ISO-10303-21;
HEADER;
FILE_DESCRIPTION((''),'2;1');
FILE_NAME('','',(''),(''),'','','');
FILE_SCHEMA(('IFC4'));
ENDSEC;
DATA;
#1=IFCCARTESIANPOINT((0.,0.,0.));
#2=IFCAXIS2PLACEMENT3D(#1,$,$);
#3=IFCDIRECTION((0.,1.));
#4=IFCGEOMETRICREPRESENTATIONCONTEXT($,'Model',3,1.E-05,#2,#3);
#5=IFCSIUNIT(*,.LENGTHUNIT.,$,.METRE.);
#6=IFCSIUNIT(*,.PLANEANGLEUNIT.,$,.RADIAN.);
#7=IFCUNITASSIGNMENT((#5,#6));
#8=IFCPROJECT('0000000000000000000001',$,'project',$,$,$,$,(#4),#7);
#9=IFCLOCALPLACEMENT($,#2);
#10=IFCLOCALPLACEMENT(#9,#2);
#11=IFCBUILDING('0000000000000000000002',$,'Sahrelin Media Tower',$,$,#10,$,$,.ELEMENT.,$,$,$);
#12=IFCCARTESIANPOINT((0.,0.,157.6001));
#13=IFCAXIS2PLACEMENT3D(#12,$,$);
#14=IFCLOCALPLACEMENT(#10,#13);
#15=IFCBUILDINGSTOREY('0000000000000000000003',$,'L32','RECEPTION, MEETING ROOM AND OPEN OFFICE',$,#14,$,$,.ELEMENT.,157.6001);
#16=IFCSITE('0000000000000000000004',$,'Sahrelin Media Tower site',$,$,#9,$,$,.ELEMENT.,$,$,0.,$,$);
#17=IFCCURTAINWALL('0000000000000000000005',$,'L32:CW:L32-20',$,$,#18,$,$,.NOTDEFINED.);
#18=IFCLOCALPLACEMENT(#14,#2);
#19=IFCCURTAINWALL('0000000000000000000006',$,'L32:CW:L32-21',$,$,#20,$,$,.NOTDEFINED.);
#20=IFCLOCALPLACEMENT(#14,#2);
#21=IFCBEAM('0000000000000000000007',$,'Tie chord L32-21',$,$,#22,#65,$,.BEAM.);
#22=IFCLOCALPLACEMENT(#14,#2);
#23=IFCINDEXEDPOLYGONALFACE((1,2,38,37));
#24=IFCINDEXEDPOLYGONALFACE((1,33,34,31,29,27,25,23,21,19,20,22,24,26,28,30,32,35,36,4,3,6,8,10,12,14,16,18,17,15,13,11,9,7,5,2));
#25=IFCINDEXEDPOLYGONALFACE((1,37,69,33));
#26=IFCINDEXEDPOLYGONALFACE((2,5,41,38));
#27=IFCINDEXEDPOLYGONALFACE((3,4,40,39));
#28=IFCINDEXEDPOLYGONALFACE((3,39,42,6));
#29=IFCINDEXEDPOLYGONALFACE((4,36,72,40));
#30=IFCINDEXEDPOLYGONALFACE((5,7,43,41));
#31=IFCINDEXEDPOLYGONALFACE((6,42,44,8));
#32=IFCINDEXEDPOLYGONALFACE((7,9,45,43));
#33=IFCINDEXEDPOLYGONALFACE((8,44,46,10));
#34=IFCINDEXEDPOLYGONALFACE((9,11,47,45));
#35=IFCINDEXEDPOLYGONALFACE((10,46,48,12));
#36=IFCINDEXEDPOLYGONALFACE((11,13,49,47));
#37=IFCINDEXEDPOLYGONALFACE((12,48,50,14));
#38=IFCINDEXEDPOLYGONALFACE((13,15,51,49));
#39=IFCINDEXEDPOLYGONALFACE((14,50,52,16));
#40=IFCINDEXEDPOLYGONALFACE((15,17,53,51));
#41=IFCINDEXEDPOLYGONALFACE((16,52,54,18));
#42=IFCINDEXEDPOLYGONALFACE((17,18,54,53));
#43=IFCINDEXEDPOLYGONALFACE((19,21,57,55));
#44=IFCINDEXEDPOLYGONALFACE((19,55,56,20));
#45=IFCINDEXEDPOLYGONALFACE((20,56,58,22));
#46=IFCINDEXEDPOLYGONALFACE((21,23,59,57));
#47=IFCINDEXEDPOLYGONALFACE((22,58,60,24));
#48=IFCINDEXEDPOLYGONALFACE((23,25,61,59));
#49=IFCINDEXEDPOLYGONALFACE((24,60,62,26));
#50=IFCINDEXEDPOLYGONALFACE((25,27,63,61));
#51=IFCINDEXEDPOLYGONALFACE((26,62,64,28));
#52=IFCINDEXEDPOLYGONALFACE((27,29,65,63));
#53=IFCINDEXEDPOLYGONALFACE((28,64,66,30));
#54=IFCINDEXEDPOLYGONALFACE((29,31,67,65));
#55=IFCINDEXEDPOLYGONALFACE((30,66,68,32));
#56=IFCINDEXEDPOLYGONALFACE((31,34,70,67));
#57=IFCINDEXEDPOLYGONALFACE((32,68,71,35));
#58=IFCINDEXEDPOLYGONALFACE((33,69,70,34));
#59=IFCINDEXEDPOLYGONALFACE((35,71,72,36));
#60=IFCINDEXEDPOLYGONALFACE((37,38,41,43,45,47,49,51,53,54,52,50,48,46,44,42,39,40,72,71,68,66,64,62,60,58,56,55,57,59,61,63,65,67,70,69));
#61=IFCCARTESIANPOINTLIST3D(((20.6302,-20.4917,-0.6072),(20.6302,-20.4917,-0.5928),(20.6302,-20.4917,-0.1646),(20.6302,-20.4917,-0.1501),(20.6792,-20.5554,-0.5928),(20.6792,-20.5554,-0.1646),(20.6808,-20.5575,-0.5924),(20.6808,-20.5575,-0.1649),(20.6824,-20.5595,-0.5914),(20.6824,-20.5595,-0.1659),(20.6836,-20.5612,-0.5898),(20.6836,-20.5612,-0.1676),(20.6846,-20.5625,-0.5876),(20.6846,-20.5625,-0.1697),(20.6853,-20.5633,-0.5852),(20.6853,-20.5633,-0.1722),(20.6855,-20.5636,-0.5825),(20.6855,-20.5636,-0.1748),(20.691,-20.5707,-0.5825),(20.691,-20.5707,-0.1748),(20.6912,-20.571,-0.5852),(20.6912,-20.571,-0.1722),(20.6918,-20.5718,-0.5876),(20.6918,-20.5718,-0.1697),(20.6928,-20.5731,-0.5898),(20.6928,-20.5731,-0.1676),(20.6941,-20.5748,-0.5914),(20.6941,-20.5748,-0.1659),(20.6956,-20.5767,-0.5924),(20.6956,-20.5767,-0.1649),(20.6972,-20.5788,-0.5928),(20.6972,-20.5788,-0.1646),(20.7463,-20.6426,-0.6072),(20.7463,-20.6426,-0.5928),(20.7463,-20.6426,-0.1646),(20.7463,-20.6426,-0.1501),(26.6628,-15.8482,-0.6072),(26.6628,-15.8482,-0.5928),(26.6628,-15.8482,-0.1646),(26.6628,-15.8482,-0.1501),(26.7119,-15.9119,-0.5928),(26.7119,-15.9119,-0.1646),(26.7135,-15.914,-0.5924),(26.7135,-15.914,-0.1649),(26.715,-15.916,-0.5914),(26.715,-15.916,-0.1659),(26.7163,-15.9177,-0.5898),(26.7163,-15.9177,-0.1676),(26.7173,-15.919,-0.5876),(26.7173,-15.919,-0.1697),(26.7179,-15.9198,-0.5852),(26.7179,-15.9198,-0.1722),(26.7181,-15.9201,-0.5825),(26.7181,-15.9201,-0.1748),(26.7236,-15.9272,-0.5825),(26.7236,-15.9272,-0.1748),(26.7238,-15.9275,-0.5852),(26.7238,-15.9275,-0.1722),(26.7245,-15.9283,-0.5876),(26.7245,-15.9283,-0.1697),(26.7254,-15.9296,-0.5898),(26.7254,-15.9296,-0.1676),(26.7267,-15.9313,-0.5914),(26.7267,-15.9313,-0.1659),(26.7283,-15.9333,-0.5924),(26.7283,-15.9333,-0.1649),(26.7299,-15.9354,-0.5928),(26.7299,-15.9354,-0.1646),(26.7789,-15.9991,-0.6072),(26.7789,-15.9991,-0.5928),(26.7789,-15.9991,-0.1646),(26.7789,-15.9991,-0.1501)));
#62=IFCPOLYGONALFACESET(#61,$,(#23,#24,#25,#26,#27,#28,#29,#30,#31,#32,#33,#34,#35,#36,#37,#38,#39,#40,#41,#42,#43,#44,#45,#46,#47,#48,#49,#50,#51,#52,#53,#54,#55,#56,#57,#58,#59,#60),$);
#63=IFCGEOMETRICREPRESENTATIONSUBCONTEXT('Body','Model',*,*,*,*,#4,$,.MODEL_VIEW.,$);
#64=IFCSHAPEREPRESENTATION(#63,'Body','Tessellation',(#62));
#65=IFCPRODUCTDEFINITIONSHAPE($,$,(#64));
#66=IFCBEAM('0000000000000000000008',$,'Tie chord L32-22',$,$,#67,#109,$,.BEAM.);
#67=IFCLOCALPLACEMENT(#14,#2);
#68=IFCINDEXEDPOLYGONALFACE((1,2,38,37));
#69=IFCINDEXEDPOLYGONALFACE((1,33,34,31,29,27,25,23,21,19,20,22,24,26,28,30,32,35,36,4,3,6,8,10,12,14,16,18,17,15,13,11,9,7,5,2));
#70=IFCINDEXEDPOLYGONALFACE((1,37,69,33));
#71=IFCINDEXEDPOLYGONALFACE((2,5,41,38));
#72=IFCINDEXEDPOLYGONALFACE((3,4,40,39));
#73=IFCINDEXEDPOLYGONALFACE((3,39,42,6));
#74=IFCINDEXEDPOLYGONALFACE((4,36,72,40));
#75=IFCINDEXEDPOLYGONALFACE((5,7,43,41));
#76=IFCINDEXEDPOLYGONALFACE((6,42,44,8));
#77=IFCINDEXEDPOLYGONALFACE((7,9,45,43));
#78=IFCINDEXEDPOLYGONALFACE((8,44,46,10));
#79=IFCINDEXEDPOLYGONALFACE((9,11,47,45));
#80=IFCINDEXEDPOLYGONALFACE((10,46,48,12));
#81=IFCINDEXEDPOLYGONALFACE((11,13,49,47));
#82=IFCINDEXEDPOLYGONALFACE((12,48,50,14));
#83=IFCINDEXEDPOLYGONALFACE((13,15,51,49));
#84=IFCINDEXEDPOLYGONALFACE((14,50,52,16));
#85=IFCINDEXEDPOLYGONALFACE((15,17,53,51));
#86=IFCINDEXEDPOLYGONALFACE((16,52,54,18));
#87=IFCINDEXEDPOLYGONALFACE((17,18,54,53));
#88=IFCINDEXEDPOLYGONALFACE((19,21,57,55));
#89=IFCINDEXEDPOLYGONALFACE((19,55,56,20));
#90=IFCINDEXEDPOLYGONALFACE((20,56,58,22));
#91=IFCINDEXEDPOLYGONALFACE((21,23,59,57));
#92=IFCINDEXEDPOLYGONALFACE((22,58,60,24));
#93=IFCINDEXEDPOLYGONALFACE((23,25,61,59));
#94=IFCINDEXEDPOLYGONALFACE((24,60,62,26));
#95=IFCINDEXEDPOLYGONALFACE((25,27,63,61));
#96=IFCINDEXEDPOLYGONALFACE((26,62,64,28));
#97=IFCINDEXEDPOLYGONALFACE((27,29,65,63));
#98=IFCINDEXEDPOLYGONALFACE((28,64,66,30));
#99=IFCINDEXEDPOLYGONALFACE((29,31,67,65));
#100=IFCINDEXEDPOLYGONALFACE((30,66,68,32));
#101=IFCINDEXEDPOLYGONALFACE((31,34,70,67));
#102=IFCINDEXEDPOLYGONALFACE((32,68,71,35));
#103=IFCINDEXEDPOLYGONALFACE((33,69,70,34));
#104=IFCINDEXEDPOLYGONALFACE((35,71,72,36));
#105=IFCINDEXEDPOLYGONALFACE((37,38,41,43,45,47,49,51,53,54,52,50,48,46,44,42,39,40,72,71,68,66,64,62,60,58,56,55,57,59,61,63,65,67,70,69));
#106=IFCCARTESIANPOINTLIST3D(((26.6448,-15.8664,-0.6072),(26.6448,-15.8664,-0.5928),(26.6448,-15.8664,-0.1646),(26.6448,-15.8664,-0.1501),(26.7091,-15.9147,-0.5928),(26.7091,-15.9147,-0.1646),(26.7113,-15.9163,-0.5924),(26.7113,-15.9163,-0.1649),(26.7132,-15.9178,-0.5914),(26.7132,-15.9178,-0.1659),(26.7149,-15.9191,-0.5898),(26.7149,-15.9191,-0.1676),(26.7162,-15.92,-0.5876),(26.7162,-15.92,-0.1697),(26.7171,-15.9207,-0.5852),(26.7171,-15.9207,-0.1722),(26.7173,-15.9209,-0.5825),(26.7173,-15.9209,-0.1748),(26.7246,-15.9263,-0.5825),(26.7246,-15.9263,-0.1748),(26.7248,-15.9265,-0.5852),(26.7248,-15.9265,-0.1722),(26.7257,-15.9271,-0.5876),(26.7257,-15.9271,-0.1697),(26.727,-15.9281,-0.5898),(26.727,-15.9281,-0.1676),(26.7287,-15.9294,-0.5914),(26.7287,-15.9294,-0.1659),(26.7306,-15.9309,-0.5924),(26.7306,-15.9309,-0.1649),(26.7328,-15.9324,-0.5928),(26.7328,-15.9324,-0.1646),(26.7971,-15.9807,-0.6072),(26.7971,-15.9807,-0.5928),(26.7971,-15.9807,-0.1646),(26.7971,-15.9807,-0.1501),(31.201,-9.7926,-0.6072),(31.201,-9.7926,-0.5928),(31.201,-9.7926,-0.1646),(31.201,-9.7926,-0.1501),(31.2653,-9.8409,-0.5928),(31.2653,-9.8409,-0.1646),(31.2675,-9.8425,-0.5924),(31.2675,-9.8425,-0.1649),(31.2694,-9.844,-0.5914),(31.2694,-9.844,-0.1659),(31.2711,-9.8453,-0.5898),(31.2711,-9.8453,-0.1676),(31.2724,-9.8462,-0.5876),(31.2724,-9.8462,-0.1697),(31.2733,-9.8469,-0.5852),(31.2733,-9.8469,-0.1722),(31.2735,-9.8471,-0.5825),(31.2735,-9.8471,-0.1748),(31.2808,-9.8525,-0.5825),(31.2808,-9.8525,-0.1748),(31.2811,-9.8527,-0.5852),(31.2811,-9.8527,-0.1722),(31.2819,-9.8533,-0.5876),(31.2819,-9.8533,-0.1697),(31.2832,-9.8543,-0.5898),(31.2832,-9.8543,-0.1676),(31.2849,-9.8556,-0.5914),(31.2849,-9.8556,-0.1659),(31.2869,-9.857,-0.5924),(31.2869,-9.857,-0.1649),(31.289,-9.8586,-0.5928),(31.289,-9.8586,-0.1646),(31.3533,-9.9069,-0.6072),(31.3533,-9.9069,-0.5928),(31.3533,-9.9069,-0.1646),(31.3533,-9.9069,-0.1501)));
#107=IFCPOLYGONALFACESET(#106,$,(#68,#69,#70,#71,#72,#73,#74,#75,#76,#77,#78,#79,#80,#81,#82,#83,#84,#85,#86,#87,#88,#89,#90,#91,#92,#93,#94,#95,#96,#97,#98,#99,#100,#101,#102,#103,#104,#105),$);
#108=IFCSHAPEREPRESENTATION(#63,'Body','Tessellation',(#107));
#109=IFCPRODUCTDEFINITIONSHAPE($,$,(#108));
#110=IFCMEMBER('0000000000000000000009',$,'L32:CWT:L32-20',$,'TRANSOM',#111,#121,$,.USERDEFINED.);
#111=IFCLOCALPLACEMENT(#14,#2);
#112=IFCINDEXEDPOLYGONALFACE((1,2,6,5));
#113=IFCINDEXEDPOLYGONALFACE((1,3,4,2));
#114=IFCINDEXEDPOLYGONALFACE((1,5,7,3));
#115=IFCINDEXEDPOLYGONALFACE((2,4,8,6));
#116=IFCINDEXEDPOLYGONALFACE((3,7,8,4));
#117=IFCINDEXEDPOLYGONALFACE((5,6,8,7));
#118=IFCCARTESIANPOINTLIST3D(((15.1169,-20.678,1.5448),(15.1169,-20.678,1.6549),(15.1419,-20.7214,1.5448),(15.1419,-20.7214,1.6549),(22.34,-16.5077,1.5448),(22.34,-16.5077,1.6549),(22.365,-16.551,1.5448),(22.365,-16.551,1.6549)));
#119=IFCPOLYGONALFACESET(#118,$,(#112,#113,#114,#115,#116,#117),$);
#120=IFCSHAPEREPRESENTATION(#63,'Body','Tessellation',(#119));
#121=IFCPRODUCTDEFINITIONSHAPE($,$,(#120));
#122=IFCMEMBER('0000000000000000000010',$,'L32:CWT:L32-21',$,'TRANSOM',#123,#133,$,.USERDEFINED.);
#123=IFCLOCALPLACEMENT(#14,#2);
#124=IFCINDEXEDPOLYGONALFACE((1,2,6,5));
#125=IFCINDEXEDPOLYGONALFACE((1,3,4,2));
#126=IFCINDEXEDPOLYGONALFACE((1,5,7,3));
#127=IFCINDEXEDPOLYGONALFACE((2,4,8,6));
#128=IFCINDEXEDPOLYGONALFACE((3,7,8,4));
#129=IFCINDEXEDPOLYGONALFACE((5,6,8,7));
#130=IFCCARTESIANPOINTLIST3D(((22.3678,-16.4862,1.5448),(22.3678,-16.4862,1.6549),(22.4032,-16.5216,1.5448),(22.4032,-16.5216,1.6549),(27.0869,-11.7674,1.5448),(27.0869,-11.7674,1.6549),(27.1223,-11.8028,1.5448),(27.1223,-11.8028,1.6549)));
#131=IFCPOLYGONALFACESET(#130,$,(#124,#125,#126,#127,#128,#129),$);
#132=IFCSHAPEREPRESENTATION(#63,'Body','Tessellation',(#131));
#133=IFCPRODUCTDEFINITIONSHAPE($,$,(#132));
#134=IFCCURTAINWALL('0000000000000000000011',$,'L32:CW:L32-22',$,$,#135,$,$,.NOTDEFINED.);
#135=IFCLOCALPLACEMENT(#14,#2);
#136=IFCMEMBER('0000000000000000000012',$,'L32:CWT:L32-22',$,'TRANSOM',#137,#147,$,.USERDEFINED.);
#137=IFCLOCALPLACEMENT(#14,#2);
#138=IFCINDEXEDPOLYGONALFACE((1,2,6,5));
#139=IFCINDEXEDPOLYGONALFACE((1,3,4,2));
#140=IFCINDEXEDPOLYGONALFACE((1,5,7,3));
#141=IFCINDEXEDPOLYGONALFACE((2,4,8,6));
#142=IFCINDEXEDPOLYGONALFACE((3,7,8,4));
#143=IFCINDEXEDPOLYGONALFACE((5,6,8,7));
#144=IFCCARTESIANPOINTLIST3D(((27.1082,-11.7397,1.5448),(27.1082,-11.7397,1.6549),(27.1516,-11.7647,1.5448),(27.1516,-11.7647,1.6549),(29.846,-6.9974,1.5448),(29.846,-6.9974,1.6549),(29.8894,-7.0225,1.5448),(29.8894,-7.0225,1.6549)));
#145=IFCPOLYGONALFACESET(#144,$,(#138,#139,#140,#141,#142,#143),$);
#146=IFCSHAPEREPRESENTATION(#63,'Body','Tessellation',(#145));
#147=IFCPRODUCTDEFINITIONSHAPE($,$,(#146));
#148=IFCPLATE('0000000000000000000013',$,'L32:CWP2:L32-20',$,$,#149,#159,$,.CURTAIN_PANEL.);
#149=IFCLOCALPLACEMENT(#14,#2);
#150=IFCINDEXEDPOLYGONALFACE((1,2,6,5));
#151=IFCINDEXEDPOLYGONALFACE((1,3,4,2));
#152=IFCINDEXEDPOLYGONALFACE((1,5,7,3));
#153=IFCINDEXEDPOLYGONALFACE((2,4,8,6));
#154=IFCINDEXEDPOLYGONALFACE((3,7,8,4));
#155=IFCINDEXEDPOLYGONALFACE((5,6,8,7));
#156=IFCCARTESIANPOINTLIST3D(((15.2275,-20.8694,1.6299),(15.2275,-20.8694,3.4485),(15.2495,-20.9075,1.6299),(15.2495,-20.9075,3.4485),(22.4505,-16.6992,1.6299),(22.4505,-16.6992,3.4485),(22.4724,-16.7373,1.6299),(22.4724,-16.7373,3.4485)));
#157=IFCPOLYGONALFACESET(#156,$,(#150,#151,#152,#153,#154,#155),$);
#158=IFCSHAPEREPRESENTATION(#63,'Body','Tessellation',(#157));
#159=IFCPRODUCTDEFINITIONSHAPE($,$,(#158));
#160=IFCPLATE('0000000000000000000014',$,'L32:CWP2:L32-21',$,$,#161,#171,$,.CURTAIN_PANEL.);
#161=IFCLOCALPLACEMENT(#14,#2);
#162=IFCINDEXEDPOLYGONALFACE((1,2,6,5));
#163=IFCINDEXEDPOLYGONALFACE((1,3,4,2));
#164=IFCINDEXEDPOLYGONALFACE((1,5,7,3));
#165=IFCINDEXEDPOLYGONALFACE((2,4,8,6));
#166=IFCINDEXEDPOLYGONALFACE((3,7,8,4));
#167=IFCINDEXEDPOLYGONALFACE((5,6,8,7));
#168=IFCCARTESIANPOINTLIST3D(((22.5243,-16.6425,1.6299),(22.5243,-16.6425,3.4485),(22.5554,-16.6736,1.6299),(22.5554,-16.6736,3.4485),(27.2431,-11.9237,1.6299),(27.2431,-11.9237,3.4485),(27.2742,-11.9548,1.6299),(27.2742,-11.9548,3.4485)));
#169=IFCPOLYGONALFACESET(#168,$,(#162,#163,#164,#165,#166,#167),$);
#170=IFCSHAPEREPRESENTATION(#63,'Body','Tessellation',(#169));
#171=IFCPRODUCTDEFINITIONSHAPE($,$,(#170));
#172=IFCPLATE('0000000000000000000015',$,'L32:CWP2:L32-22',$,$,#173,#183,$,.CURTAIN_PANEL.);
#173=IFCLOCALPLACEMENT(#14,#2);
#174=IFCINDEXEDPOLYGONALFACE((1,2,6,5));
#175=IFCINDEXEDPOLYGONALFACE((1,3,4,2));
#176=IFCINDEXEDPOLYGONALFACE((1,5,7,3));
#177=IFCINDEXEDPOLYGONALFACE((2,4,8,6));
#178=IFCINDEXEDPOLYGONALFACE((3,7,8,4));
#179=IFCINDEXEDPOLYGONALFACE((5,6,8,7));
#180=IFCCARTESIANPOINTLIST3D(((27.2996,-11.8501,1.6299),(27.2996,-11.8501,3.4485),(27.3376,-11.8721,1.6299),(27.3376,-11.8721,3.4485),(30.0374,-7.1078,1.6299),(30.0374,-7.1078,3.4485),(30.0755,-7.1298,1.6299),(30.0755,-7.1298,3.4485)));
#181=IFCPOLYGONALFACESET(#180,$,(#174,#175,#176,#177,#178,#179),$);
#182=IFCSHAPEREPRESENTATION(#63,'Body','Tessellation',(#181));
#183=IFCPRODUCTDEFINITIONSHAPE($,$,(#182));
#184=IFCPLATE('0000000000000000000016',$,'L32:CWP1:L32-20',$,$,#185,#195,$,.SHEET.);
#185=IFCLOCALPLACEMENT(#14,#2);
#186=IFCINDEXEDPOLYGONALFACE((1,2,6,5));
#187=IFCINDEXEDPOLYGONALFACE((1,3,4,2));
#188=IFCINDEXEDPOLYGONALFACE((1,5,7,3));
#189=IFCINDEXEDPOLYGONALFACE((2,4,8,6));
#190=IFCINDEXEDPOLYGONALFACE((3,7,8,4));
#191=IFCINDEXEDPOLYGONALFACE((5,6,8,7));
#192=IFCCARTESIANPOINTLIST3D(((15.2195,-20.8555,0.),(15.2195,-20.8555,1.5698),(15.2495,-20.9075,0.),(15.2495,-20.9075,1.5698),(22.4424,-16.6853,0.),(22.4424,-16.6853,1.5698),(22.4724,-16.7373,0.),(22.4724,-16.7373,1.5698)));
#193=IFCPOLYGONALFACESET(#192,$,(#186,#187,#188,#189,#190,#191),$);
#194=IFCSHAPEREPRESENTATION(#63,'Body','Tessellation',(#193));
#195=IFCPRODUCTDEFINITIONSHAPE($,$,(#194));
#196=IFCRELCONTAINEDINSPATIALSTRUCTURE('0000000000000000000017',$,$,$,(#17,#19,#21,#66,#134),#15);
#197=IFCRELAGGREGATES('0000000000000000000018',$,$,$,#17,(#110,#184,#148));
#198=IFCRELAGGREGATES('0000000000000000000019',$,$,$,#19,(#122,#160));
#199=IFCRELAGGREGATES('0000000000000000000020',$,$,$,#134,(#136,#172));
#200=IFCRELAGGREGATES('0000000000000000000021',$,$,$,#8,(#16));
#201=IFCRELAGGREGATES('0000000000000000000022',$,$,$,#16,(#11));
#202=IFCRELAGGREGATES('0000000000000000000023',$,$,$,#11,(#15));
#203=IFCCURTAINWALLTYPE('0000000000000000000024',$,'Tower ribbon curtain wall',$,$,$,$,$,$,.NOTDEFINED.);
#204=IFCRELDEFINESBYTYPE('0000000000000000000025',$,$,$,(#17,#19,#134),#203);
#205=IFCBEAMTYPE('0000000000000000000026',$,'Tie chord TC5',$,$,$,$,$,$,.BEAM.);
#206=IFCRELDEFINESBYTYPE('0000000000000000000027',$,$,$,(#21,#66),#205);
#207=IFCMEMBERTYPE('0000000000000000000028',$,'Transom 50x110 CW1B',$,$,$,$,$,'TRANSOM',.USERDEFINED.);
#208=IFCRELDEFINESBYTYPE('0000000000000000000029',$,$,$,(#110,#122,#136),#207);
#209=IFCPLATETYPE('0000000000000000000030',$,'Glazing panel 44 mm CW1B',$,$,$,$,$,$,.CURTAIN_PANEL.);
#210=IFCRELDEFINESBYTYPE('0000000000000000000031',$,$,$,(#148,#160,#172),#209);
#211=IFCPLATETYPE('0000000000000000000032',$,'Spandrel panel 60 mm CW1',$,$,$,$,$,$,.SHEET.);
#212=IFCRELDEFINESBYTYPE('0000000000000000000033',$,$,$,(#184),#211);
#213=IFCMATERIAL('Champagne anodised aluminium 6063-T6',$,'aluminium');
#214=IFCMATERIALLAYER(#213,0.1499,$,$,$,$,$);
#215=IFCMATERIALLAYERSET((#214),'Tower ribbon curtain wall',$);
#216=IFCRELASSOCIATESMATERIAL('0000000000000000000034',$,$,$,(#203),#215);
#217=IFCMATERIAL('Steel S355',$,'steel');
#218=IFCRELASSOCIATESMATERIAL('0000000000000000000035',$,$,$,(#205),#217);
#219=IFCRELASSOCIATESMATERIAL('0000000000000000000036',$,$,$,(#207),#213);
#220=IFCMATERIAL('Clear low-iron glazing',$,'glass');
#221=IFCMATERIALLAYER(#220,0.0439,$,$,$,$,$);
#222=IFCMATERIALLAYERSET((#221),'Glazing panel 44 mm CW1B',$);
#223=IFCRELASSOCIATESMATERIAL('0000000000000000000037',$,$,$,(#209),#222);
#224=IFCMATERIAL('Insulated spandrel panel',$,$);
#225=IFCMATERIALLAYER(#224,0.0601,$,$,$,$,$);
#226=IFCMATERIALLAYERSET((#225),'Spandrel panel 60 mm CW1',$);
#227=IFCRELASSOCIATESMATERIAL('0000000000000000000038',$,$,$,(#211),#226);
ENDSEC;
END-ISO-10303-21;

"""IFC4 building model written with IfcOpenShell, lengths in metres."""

from ifc_helpers import new_model, si_unit, direction, frame, origin, origin_2d, place, context, subcontext, project, spatial, polyline, rectangle, i_section, outline, extrude, material, layer, layer_set, material_profile, profile_set, type_object, element, aggregate, save


model = new_model("IFC4")

# Units and contexts
model_context = context("Model", 3, precision=1e-05, world=origin(), true_north=direction((0.0, 1.0)))
body_context = subcontext(model_context, "Body", "Model", "MODEL_VIEW")
ifc_project = project(units=[si_unit("LENGTHUNIT", "METRE"), si_unit("PLANEANGLEUNIT", "RADIAN")], contexts=[model_context])

# Site, building, storey
site_placement = place(None, origin())
site = spatial("IfcSite", under=ifc_project, at=site_placement, Name="Sahrelin Media Tower site", CompositionType="ELEMENT", RefElevation=0.0)
building_placement = place(site_placement, origin())
building = spatial("IfcBuilding", under=site, at=building_placement, Name="Sahrelin Media Tower", CompositionType="ELEMENT")
storey_placement = place(building_placement, frame((0.0, 0.0, 157.6001)))
storey = spatial("IfcBuildingStorey", under=building, at=storey_placement, Name="L32", Description="RECEPTION, MEETING ROOM AND OPEN OFFICE", CompositionType="ELEMENT", Elevation=157.6001)

# Shared definitions
ifc_material_1 = material(Name="Steel S355", Category="steel")

# Curtain walls
ifc_material_2 = material(Name="Champagne anodised aluminium 6063-T6", Category="aluminium")
ifc_layer_1 = layer(ifc_material_2, 0.1499)
ifc_layer_set_1 = layer_set([ifc_layer_1], Name="Tower ribbon curtain wall")
curtain_wall_type = type_object("IfcCurtainWallType", Name="Tower ribbon curtain wall", PredefinedType="NOTDEFINED", material=ifc_layer_set_1)
curtain_wall_1_placement = place(storey_placement, frame((18.8511, -18.8049, 0.0), z_axis=(0.0, 0.0, 1.0), x_axis=(1.0, 0.0, 0.0)))
curtain_wall_1 = element("IfcCurtainWall", 1, at=curtain_wall_1_placement, inside=storey, type_object=curtain_wall_type, Name="L32:CW:L32-20", PredefinedType="NOTDEFINED")
curtain_wall_2_placement = place(storey_placement, frame((24.9004, -14.3, 0.0), z_axis=(0.0, 0.0, 1.0), x_axis=(1.0, 0.0, 0.0)))
curtain_wall_2 = element("IfcCurtainWall", 2, at=curtain_wall_2_placement, inside=storey, type_object=curtain_wall_type, Name="L32:CW:L32-21", PredefinedType="NOTDEFINED")

# Beams
ifc_material_profile_1 = material_profile(ifc_material_1, i_section(OverallWidth=0.1904, OverallDepth=0.457, WebThickness=0.009, FlangeThickness=0.0144, FilletRadius=0.0103, at=origin_2d()), Name="UB 457x191x74")
ifc_profile_set_1 = profile_set([ifc_material_profile_1], Name="Steel S355")
beam_type_1 = type_object("IfcBeamType", Name="Tie chord TC5", PredefinedType="BEAM", material=ifc_profile_set_1)
beam_1_placement = place(storey_placement, frame((20.6882, -20.5671, -0.3787), z_axis=(0.792433, 0.609959, 0.0), x_axis=(-0.609959, 0.792433, 0.0)))
element("IfcBeam", 3, at=beam_1_placement, inside=storey, type_object=beam_type_1, Name="Tie chord L32-21", PredefinedType="BEAM", context=body_context, shape_type="SweptSolid", body=[
    extrude(i_section(OverallWidth=0.1904, OverallDepth=0.457, WebThickness=0.009, FlangeThickness=0.0144, FilletRadius=0.0103, at=origin_2d()), origin(), (0.0, 0.0, 1.0), 7.6128),
])
beam_2_placement = place(storey_placement, frame((26.7209, -15.9236, -0.3787), z_axis=(0.600072, 0.799946, 0.0), x_axis=(-0.799946, 0.600072, 0.0)))
element("IfcBeam", 4, at=beam_2_placement, inside=storey, type_object=beam_type_1, Name="Tie chord L32-22", PredefinedType="BEAM", context=body_context, shape_type="SweptSolid", body=[
    extrude(i_section(OverallWidth=0.1904, OverallDepth=0.457, WebThickness=0.009, FlangeThickness=0.0144, FilletRadius=0.0103, at=origin_2d()), origin(), (0.0, 0.0, 1.0), 7.5928),
])

# Members
ifc_material_profile_2 = material_profile(ifc_material_2, rectangle(XDim=0.05, YDim=0.1101, at=origin_2d()), Name="Transom 50x110")
ifc_profile_set_2 = profile_set([ifc_material_profile_2], Name="Champagne anodised aluminium 6063-T6")
member_type_1 = type_object("IfcMemberType", Name="Transom 50x110 CW1B", ElementType="TRANSOM", PredefinedType="USERDEFINED", material=ifc_profile_set_2)
member_1_placement = place(storey_placement, frame((15.1294, -20.6997, 1.5999), z_axis=(0.866019, 0.500011, 0.0), x_axis=(-0.500011, 0.866019, 0.0)))
member_1 = element("IfcMember", 5, at=member_1_placement, type_object=member_type_1, Name="L32:CWT:L32-20", ObjectType="TRANSOM", PredefinedType="USERDEFINED", context=body_context, shape_type="SweptSolid", body=[
    extrude(rectangle(XDim=0.05, YDim=0.1101, at=origin_2d()), origin(), (0.0, 0.0, 1.0), 8.3406),
])
member_2_placement = place(storey_placement, frame((22.3855, -16.5039, 1.5999), z_axis=(0.707125, 0.707088, 0.0), x_axis=(-0.707088, 0.707125, 0.0)))
member_2 = element("IfcMember", 6, at=member_2_placement, type_object=member_type_1, Name="L32:CWT:L32-21", ObjectType="TRANSOM", PredefinedType="USERDEFINED", context=body_context, shape_type="SweptSolid", body=[
    extrude(rectangle(XDim=0.05, YDim=0.1101, at=origin_2d()), origin(), (0.0, 0.0, 1.0), 6.6736),
])

# Curtain wall, member
curtain_wall_3_placement = place(storey_placement, frame((28.6892, -9.491, 0.0), z_axis=(0.0, 0.0, 1.0), x_axis=(1.0, 0.0, 0.0)))
curtain_wall_3 = element("IfcCurtainWall", 7, at=curtain_wall_3_placement, inside=storey, type_object=curtain_wall_type, Name="L32:CW:L32-22", PredefinedType="NOTDEFINED")
member_3_placement = place(storey_placement, frame((27.1299, -11.7522, 1.5999), z_axis=(0.499985, 0.866034, 0.0), x_axis=(-0.866034, 0.499985, 0.0)))
member_3 = element("IfcMember", 8, at=member_3_placement, type_object=member_type_1, Name="L32:CWT:L32-22", ObjectType="TRANSOM", PredefinedType="USERDEFINED", context=body_context, shape_type="SweptSolid", body=[
    extrude(rectangle(XDim=0.05, YDim=0.1101, at=origin_2d()), origin(), (0.0, 0.0, 1.0), 5.4758),
])

# Plates
ifc_material_3 = material(Name="Clear low-iron glazing", Category="glass")
ifc_layer_2 = layer(ifc_material_3, 0.0439)
ifc_layer_set_2 = layer_set([ifc_layer_2], Name="Glazing panel 44 mm CW1B")
plate_type_1 = type_object("IfcPlateType", Name="Glazing panel 44 mm CW1B", PredefinedType="CURTAIN_PANEL", material=ifc_layer_set_2)
plate_1_placement = place(storey_placement, frame((15.2495, -20.9075, 1.6299), z_axis=(0.500002, -0.866024, 0.0), x_axis=(0.866024, 0.500002, 0.0)))
plate_1 = element("IfcPlate", 9, at=plate_1_placement, type_object=plate_type_1, Name="L32:CWP2:L32-20", PredefinedType="CURTAIN_PANEL", context=body_context, shape_type="SweptSolid", body=[
    extrude(outline(polyline([(0.0, 0.0), (8.3403, 0.0), (8.3403, 1.8186), (0.0, 1.8186), (0.0, 0.0)])), origin(), (0.0, 0.0, -1.0), 0.0439),
])
plate_2_placement = place(storey_placement, frame((22.5554, -16.6736, 1.6299), z_axis=(0.707107, -0.707107, 0.0), x_axis=(0.707107, 0.707107, 0.0)))
plate_2 = element("IfcPlate", 10, at=plate_2_placement, type_object=plate_type_1, Name="L32:CWP2:L32-21", PredefinedType="CURTAIN_PANEL", context=body_context, shape_type="SweptSolid", body=[
    extrude(outline(polyline([(0.0, 0.0), (6.6733, 0.0), (6.6733, 1.8186), (0.0, 1.8186), (0.0, 0.0)])), origin(), (0.0, 0.0, -1.0), 0.0439),
])
plate_3_placement = place(storey_placement, frame((27.3376, -11.8721, 1.6299), z_axis=(0.866034, -0.499985, 0.0), x_axis=(0.499985, 0.866034, 0.0)))
plate_3 = element("IfcPlate", 11, at=plate_3_placement, type_object=plate_type_1, Name="L32:CWP2:L32-22", PredefinedType="CURTAIN_PANEL", context=body_context, shape_type="SweptSolid", body=[
    extrude(outline(polyline([(0.0, 0.0), (5.4758, 0.0), (5.4758, 1.8186), (0.0, 1.8186), (0.0, 0.0)])), origin(), (0.0, 0.0, -1.0), 0.0439),
])
ifc_material_4 = material(Name="Insulated spandrel panel")
ifc_layer_3 = layer(ifc_material_4, 0.0601)
ifc_layer_set_3 = layer_set([ifc_layer_3], Name="Spandrel panel 60 mm CW1")
plate_type_2 = type_object("IfcPlateType", Name="Spandrel panel 60 mm CW1", PredefinedType="SHEET", material=ifc_layer_set_3)
plate_4_placement = place(storey_placement, frame((15.2495, -20.9075, 0.0), z_axis=(0.500002, -0.866024, 0.0), x_axis=(0.866024, 0.500002, 0.0)))
plate_4 = element("IfcPlate", 12, at=plate_4_placement, type_object=plate_type_2, Name="L32:CWP1:L32-20", PredefinedType="SHEET", context=body_context, shape_type="SweptSolid", body=[
    extrude(outline(polyline([(0.0, 0.0), (8.3403, 0.0), (8.3403, 1.5698), (0.0, 1.5698), (0.0, 0.0)])), origin(), (0.0, 0.0, -1.0), 0.0601),
])
aggregate(curtain_wall_1, [member_1, plate_4, plate_1])
aggregate(curtain_wall_2, [member_2, plate_2])
aggregate(curtain_wall_3, [member_3, plate_3])

save(model, "model.ifc")
